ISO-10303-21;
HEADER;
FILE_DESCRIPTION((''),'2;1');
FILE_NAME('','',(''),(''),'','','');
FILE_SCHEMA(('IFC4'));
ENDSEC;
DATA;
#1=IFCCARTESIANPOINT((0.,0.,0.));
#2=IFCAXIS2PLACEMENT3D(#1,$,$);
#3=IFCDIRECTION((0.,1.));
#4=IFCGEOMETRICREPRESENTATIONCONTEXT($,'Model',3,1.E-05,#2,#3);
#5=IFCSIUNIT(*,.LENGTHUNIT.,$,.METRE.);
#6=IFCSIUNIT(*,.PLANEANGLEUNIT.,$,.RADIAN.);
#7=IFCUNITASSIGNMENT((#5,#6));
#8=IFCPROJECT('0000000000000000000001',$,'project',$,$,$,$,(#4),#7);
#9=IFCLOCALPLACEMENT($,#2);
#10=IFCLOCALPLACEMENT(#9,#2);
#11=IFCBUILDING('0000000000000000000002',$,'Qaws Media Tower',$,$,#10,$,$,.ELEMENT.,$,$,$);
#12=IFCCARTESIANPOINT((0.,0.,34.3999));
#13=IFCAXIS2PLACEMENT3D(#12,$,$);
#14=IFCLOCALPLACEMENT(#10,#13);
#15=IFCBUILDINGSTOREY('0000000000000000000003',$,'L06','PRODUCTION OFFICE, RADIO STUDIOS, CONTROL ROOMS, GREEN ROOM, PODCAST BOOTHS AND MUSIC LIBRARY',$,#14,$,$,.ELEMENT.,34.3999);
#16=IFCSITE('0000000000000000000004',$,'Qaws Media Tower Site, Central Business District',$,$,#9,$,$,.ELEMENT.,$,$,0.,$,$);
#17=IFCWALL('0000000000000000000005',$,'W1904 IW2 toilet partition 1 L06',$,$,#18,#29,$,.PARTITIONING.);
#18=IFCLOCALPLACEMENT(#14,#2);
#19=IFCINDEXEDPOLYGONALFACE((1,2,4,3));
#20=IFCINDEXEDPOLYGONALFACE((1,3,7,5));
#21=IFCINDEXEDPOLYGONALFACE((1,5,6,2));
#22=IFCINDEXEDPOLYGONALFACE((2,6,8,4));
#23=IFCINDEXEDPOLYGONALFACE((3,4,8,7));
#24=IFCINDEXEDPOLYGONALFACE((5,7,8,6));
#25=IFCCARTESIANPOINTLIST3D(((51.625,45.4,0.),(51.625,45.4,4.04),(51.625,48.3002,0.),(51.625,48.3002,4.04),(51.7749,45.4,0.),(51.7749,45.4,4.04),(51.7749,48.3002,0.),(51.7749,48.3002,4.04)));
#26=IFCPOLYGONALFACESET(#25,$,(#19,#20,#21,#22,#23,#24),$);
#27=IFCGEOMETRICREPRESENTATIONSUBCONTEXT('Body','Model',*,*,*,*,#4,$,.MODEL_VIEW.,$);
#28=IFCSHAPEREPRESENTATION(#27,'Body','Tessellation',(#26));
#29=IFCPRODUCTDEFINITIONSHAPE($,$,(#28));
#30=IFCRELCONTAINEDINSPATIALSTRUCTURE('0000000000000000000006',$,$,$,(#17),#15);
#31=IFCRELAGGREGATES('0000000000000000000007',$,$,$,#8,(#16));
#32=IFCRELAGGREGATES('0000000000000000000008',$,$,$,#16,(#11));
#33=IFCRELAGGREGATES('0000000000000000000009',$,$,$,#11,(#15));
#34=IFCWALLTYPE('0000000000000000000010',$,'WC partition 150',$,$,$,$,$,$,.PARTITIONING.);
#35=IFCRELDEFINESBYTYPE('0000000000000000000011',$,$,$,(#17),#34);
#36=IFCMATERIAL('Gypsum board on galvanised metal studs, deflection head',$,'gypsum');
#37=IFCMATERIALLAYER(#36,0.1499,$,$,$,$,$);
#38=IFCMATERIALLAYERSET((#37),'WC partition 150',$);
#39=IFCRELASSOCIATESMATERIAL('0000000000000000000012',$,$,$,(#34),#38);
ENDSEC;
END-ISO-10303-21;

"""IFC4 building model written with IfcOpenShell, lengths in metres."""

from ifc_helpers import new_model, si_unit, direction, frame, frame_2d, origin, place, context, subcontext, project, spatial, rectangle, extrude, material, layer, layer_set, type_object, element, save


model = new_model("IFC4")

# Units and contexts
model_context = context("Model", 3, precision=1e-05, world=origin(), true_north=direction((0.0, 1.0)))
body_context = subcontext(model_context, "Body", "Model", "MODEL_VIEW")
ifc_project = project(units=[si_unit("LENGTHUNIT", "METRE"), si_unit("PLANEANGLEUNIT", "RADIAN")], contexts=[model_context])

# Site, building, storey
site_placement = place(None, origin())
site = spatial("IfcSite", under=ifc_project, at=site_placement, Name="Qaws Media Tower Site, Central Business District", CompositionType="ELEMENT", RefElevation=0.0)
building_placement = place(site_placement, origin())
building = spatial("IfcBuilding", under=site, at=building_placement, Name="Qaws Media Tower", CompositionType="ELEMENT")
storey_placement = place(building_placement, frame((0.0, 0.0, 34.3999)))
storey = spatial("IfcBuildingStorey", under=building, at=storey_placement, Name="L06", Description="PRODUCTION OFFICE, RADIO STUDIOS, CONTROL ROOMS, GREEN ROOM, PODCAST BOOTHS AND MUSIC LIBRARY", CompositionType="ELEMENT", Elevation=34.3999)

# Wall
ifc_material_1 = material(Name="Gypsum board on galvanised metal studs, deflection head", Category="gypsum")
ifc_layer_1 = layer(ifc_material_1, 0.1499)
ifc_layer_set_1 = layer_set([ifc_layer_1], Name="WC partition 150")
wall_type_1 = type_object("IfcWallType", Name="WC partition 150", PredefinedType="PARTITIONING", material=ifc_layer_set_1)
wall_1_placement = place(storey_placement, frame((51.7, 45.3999, 0.0), z_axis=(0.0, 0.0, 1.0), x_axis=(0.0, 1.0, 0.0)))
element("IfcWall", 1, at=wall_1_placement, inside=storey, type_object=wall_type_1, Name="W1904 IW2 toilet partition 1 L06", PredefinedType="PARTITIONING", context=body_context, shape_type="SweptSolid", body=[
    extrude(rectangle(XDim=2.9001, YDim=0.1499, at=frame_2d((1.4502, 0.0))), origin(), (0.0, 0.0, 1.0), 4.04),
])

save(model, "model.ifc")
